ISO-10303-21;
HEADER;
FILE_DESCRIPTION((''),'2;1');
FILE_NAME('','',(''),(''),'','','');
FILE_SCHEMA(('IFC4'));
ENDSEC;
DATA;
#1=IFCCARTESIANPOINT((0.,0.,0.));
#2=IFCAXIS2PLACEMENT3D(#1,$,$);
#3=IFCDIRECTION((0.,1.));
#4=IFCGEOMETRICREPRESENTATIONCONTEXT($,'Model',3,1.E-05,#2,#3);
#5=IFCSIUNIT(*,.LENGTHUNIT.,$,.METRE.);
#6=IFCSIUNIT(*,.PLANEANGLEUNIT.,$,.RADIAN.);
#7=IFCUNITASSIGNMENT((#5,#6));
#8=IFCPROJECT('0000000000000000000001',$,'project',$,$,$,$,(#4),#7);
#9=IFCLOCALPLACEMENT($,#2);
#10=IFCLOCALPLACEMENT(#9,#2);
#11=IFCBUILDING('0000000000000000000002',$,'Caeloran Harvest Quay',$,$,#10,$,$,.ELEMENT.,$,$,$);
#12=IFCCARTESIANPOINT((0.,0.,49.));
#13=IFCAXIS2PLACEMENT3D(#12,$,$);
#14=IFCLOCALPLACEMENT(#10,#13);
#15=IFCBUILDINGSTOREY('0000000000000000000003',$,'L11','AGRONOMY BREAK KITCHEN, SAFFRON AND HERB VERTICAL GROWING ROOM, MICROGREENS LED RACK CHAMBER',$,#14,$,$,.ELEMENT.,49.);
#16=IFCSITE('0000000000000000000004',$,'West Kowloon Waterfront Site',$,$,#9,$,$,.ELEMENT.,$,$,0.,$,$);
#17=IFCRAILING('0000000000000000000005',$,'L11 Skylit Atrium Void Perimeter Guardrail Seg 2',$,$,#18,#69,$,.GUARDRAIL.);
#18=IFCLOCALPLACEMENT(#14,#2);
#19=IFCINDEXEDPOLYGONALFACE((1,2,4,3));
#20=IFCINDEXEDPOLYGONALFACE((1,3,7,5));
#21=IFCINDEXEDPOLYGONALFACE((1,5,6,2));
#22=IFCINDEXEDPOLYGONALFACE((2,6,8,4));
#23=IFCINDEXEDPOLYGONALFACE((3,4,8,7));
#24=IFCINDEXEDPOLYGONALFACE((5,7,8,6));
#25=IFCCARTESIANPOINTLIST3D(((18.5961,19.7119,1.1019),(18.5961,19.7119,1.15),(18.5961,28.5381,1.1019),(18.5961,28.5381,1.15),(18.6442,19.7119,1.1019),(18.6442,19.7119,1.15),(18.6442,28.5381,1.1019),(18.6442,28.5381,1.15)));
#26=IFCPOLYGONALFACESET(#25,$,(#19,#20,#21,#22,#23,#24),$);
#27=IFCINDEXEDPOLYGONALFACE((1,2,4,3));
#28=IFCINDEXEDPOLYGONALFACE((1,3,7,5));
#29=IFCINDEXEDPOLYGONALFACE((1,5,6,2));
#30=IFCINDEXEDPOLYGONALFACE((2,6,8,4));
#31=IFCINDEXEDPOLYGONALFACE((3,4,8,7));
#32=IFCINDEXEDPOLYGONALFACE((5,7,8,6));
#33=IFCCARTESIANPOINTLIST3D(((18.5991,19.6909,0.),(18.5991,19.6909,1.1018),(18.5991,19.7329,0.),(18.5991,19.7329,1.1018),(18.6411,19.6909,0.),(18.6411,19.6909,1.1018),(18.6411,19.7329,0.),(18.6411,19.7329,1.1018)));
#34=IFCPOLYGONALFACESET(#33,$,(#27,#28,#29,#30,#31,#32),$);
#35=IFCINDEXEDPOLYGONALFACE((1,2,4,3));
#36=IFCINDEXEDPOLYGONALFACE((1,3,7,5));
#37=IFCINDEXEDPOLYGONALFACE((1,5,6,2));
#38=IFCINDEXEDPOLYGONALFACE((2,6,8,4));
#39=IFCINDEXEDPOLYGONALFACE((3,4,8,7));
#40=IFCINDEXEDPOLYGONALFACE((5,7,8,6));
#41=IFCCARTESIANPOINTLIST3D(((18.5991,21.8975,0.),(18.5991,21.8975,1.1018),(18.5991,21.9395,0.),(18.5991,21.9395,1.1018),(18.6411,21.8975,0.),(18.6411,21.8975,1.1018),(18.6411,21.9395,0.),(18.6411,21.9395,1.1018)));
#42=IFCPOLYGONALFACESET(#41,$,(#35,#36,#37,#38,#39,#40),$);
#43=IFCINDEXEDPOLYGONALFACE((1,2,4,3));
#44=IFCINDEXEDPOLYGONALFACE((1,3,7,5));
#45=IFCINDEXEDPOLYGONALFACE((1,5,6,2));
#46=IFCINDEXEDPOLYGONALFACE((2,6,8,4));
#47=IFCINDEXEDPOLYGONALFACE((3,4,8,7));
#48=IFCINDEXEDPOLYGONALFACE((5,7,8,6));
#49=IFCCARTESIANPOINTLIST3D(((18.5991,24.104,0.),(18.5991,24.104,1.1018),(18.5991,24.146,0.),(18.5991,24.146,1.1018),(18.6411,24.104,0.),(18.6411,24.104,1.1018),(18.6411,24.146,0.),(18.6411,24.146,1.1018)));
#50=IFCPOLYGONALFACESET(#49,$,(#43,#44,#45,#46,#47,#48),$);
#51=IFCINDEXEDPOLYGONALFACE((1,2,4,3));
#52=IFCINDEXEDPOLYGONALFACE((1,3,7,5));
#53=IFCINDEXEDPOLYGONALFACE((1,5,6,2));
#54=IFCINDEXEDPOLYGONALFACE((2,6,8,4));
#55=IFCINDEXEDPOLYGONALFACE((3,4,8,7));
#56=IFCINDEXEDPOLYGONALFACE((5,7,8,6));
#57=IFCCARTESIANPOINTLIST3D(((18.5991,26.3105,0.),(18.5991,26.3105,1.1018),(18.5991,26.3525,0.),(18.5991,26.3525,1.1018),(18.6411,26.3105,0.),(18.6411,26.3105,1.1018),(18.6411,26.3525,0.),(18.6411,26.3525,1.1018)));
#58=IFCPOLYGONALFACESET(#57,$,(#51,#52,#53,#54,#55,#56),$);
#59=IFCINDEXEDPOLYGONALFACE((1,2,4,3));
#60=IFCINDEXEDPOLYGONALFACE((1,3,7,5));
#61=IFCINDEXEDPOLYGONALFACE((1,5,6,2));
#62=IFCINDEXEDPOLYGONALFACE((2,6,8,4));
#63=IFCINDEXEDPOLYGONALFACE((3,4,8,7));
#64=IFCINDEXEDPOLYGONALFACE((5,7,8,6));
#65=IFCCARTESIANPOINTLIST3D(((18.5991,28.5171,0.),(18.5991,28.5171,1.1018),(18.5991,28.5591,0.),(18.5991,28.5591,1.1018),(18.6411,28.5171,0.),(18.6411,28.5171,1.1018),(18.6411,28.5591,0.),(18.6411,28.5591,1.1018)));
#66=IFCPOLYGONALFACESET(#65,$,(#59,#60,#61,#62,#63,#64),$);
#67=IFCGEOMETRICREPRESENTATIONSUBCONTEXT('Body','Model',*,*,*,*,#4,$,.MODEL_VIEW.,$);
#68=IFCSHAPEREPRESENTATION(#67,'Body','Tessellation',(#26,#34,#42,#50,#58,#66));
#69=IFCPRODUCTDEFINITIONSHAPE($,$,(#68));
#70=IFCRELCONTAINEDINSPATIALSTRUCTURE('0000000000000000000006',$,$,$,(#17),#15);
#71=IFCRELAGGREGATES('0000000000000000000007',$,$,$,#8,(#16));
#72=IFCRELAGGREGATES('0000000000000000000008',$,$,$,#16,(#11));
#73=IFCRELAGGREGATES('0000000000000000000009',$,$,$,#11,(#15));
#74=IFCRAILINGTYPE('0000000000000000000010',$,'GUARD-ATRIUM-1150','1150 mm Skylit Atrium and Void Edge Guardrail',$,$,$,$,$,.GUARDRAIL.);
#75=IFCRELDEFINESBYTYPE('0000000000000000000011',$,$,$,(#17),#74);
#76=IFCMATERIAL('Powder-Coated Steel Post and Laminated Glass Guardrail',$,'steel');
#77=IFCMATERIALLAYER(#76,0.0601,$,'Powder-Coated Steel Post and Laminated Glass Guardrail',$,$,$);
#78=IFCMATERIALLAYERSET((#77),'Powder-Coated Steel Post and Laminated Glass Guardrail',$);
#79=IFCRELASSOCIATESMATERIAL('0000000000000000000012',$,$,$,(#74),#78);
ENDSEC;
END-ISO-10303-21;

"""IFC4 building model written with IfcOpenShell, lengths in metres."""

from ifc_helpers import new_model, si_unit, direction, frame, origin, origin_2d, place, context, subcontext, project, spatial, rectangle, extrude, material, layer, layer_set, type_object, element, save


model = new_model("IFC4")

# Units and contexts
model_context = context("Model", 3, precision=1e-05, world=origin(), true_north=direction((0.0, 1.0)))
body_context = subcontext(model_context, "Body", "Model", "MODEL_VIEW")
ifc_project = project(units=[si_unit("LENGTHUNIT", "METRE"), si_unit("PLANEANGLEUNIT", "RADIAN")], contexts=[model_context])

# Site, building, storey
site_placement = place(None, origin())
site = spatial("IfcSite", under=ifc_project, at=site_placement, Name="West Kowloon Waterfront Site", CompositionType="ELEMENT", RefElevation=0.0)
building_placement = place(site_placement, origin())
building = spatial("IfcBuilding", under=site, at=building_placement, Name="Caeloran Harvest Quay", CompositionType="ELEMENT")
storey_placement = place(building_placement, frame((0.0, 0.0, 49.0)))
storey = spatial("IfcBuildingStorey", under=building, at=storey_placement, Name="L11", Description="AGRONOMY BREAK KITCHEN, SAFFRON AND HERB VERTICAL GROWING ROOM, MICROGREENS LED RACK CHAMBER", CompositionType="ELEMENT", Elevation=49.0)

# Railing
ifc_material_1 = material(Name="Powder-Coated Steel Post and Laminated Glass Guardrail", Category="steel")
ifc_layer_1 = layer(ifc_material_1, 0.0601, Name="Powder-Coated Steel Post and Laminated Glass Guardrail")
ifc_layer_set_1 = layer_set([ifc_layer_1], Name="Powder-Coated Steel Post and Laminated Glass Guardrail")
railing_type = type_object("IfcRailingType", Name="GUARD-ATRIUM-1150", Description="1150 mm Skylit Atrium and Void Edge Guardrail", PredefinedType="GUARDRAIL", material=ifc_layer_set_1)
railing_1_placement = place(storey_placement, frame((18.6201, 19.7119, 0.0)))
element("IfcRailing", 1, at=railing_1_placement, inside=storey, type_object=railing_type, Name="L11 Skylit Atrium Void Perimeter Guardrail Seg 2", PredefinedType="GUARDRAIL", context=body_context, shape_type="SweptSolid", body=[
    extrude(rectangle(XDim=0.0481, YDim=0.0481, at=origin_2d()), frame((0.0, 0.0, 1.126), z_axis=(0.0, 1.0, 0.0), x_axis=(-1.0, 0.0, 0.0)), (0.0, 0.0, 1.0), 8.8262),
    extrude(rectangle(XDim=0.042, YDim=0.042, at=origin_2d()), origin(), (0.0, 0.0, 1.0), 1.1018),
    extrude(rectangle(XDim=0.042, YDim=0.042, at=origin_2d()), frame((0.0, 2.2065, 0.0)), (0.0, 0.0, 1.0), 1.1018),
    extrude(rectangle(XDim=0.042, YDim=0.042, at=origin_2d()), frame((0.0, 4.4131, 0.0)), (0.0, 0.0, 1.0), 1.1018),
    extrude(rectangle(XDim=0.042, YDim=0.042, at=origin_2d()), frame((0.0, 6.6196, 0.0)), (0.0, 0.0, 1.0), 1.1018),
    extrude(rectangle(XDim=0.042, YDim=0.042, at=origin_2d()), frame((0.0, 8.8262, 0.0)), (0.0, 0.0, 1.0), 1.1018),
])

save(model, "model.ifc")
